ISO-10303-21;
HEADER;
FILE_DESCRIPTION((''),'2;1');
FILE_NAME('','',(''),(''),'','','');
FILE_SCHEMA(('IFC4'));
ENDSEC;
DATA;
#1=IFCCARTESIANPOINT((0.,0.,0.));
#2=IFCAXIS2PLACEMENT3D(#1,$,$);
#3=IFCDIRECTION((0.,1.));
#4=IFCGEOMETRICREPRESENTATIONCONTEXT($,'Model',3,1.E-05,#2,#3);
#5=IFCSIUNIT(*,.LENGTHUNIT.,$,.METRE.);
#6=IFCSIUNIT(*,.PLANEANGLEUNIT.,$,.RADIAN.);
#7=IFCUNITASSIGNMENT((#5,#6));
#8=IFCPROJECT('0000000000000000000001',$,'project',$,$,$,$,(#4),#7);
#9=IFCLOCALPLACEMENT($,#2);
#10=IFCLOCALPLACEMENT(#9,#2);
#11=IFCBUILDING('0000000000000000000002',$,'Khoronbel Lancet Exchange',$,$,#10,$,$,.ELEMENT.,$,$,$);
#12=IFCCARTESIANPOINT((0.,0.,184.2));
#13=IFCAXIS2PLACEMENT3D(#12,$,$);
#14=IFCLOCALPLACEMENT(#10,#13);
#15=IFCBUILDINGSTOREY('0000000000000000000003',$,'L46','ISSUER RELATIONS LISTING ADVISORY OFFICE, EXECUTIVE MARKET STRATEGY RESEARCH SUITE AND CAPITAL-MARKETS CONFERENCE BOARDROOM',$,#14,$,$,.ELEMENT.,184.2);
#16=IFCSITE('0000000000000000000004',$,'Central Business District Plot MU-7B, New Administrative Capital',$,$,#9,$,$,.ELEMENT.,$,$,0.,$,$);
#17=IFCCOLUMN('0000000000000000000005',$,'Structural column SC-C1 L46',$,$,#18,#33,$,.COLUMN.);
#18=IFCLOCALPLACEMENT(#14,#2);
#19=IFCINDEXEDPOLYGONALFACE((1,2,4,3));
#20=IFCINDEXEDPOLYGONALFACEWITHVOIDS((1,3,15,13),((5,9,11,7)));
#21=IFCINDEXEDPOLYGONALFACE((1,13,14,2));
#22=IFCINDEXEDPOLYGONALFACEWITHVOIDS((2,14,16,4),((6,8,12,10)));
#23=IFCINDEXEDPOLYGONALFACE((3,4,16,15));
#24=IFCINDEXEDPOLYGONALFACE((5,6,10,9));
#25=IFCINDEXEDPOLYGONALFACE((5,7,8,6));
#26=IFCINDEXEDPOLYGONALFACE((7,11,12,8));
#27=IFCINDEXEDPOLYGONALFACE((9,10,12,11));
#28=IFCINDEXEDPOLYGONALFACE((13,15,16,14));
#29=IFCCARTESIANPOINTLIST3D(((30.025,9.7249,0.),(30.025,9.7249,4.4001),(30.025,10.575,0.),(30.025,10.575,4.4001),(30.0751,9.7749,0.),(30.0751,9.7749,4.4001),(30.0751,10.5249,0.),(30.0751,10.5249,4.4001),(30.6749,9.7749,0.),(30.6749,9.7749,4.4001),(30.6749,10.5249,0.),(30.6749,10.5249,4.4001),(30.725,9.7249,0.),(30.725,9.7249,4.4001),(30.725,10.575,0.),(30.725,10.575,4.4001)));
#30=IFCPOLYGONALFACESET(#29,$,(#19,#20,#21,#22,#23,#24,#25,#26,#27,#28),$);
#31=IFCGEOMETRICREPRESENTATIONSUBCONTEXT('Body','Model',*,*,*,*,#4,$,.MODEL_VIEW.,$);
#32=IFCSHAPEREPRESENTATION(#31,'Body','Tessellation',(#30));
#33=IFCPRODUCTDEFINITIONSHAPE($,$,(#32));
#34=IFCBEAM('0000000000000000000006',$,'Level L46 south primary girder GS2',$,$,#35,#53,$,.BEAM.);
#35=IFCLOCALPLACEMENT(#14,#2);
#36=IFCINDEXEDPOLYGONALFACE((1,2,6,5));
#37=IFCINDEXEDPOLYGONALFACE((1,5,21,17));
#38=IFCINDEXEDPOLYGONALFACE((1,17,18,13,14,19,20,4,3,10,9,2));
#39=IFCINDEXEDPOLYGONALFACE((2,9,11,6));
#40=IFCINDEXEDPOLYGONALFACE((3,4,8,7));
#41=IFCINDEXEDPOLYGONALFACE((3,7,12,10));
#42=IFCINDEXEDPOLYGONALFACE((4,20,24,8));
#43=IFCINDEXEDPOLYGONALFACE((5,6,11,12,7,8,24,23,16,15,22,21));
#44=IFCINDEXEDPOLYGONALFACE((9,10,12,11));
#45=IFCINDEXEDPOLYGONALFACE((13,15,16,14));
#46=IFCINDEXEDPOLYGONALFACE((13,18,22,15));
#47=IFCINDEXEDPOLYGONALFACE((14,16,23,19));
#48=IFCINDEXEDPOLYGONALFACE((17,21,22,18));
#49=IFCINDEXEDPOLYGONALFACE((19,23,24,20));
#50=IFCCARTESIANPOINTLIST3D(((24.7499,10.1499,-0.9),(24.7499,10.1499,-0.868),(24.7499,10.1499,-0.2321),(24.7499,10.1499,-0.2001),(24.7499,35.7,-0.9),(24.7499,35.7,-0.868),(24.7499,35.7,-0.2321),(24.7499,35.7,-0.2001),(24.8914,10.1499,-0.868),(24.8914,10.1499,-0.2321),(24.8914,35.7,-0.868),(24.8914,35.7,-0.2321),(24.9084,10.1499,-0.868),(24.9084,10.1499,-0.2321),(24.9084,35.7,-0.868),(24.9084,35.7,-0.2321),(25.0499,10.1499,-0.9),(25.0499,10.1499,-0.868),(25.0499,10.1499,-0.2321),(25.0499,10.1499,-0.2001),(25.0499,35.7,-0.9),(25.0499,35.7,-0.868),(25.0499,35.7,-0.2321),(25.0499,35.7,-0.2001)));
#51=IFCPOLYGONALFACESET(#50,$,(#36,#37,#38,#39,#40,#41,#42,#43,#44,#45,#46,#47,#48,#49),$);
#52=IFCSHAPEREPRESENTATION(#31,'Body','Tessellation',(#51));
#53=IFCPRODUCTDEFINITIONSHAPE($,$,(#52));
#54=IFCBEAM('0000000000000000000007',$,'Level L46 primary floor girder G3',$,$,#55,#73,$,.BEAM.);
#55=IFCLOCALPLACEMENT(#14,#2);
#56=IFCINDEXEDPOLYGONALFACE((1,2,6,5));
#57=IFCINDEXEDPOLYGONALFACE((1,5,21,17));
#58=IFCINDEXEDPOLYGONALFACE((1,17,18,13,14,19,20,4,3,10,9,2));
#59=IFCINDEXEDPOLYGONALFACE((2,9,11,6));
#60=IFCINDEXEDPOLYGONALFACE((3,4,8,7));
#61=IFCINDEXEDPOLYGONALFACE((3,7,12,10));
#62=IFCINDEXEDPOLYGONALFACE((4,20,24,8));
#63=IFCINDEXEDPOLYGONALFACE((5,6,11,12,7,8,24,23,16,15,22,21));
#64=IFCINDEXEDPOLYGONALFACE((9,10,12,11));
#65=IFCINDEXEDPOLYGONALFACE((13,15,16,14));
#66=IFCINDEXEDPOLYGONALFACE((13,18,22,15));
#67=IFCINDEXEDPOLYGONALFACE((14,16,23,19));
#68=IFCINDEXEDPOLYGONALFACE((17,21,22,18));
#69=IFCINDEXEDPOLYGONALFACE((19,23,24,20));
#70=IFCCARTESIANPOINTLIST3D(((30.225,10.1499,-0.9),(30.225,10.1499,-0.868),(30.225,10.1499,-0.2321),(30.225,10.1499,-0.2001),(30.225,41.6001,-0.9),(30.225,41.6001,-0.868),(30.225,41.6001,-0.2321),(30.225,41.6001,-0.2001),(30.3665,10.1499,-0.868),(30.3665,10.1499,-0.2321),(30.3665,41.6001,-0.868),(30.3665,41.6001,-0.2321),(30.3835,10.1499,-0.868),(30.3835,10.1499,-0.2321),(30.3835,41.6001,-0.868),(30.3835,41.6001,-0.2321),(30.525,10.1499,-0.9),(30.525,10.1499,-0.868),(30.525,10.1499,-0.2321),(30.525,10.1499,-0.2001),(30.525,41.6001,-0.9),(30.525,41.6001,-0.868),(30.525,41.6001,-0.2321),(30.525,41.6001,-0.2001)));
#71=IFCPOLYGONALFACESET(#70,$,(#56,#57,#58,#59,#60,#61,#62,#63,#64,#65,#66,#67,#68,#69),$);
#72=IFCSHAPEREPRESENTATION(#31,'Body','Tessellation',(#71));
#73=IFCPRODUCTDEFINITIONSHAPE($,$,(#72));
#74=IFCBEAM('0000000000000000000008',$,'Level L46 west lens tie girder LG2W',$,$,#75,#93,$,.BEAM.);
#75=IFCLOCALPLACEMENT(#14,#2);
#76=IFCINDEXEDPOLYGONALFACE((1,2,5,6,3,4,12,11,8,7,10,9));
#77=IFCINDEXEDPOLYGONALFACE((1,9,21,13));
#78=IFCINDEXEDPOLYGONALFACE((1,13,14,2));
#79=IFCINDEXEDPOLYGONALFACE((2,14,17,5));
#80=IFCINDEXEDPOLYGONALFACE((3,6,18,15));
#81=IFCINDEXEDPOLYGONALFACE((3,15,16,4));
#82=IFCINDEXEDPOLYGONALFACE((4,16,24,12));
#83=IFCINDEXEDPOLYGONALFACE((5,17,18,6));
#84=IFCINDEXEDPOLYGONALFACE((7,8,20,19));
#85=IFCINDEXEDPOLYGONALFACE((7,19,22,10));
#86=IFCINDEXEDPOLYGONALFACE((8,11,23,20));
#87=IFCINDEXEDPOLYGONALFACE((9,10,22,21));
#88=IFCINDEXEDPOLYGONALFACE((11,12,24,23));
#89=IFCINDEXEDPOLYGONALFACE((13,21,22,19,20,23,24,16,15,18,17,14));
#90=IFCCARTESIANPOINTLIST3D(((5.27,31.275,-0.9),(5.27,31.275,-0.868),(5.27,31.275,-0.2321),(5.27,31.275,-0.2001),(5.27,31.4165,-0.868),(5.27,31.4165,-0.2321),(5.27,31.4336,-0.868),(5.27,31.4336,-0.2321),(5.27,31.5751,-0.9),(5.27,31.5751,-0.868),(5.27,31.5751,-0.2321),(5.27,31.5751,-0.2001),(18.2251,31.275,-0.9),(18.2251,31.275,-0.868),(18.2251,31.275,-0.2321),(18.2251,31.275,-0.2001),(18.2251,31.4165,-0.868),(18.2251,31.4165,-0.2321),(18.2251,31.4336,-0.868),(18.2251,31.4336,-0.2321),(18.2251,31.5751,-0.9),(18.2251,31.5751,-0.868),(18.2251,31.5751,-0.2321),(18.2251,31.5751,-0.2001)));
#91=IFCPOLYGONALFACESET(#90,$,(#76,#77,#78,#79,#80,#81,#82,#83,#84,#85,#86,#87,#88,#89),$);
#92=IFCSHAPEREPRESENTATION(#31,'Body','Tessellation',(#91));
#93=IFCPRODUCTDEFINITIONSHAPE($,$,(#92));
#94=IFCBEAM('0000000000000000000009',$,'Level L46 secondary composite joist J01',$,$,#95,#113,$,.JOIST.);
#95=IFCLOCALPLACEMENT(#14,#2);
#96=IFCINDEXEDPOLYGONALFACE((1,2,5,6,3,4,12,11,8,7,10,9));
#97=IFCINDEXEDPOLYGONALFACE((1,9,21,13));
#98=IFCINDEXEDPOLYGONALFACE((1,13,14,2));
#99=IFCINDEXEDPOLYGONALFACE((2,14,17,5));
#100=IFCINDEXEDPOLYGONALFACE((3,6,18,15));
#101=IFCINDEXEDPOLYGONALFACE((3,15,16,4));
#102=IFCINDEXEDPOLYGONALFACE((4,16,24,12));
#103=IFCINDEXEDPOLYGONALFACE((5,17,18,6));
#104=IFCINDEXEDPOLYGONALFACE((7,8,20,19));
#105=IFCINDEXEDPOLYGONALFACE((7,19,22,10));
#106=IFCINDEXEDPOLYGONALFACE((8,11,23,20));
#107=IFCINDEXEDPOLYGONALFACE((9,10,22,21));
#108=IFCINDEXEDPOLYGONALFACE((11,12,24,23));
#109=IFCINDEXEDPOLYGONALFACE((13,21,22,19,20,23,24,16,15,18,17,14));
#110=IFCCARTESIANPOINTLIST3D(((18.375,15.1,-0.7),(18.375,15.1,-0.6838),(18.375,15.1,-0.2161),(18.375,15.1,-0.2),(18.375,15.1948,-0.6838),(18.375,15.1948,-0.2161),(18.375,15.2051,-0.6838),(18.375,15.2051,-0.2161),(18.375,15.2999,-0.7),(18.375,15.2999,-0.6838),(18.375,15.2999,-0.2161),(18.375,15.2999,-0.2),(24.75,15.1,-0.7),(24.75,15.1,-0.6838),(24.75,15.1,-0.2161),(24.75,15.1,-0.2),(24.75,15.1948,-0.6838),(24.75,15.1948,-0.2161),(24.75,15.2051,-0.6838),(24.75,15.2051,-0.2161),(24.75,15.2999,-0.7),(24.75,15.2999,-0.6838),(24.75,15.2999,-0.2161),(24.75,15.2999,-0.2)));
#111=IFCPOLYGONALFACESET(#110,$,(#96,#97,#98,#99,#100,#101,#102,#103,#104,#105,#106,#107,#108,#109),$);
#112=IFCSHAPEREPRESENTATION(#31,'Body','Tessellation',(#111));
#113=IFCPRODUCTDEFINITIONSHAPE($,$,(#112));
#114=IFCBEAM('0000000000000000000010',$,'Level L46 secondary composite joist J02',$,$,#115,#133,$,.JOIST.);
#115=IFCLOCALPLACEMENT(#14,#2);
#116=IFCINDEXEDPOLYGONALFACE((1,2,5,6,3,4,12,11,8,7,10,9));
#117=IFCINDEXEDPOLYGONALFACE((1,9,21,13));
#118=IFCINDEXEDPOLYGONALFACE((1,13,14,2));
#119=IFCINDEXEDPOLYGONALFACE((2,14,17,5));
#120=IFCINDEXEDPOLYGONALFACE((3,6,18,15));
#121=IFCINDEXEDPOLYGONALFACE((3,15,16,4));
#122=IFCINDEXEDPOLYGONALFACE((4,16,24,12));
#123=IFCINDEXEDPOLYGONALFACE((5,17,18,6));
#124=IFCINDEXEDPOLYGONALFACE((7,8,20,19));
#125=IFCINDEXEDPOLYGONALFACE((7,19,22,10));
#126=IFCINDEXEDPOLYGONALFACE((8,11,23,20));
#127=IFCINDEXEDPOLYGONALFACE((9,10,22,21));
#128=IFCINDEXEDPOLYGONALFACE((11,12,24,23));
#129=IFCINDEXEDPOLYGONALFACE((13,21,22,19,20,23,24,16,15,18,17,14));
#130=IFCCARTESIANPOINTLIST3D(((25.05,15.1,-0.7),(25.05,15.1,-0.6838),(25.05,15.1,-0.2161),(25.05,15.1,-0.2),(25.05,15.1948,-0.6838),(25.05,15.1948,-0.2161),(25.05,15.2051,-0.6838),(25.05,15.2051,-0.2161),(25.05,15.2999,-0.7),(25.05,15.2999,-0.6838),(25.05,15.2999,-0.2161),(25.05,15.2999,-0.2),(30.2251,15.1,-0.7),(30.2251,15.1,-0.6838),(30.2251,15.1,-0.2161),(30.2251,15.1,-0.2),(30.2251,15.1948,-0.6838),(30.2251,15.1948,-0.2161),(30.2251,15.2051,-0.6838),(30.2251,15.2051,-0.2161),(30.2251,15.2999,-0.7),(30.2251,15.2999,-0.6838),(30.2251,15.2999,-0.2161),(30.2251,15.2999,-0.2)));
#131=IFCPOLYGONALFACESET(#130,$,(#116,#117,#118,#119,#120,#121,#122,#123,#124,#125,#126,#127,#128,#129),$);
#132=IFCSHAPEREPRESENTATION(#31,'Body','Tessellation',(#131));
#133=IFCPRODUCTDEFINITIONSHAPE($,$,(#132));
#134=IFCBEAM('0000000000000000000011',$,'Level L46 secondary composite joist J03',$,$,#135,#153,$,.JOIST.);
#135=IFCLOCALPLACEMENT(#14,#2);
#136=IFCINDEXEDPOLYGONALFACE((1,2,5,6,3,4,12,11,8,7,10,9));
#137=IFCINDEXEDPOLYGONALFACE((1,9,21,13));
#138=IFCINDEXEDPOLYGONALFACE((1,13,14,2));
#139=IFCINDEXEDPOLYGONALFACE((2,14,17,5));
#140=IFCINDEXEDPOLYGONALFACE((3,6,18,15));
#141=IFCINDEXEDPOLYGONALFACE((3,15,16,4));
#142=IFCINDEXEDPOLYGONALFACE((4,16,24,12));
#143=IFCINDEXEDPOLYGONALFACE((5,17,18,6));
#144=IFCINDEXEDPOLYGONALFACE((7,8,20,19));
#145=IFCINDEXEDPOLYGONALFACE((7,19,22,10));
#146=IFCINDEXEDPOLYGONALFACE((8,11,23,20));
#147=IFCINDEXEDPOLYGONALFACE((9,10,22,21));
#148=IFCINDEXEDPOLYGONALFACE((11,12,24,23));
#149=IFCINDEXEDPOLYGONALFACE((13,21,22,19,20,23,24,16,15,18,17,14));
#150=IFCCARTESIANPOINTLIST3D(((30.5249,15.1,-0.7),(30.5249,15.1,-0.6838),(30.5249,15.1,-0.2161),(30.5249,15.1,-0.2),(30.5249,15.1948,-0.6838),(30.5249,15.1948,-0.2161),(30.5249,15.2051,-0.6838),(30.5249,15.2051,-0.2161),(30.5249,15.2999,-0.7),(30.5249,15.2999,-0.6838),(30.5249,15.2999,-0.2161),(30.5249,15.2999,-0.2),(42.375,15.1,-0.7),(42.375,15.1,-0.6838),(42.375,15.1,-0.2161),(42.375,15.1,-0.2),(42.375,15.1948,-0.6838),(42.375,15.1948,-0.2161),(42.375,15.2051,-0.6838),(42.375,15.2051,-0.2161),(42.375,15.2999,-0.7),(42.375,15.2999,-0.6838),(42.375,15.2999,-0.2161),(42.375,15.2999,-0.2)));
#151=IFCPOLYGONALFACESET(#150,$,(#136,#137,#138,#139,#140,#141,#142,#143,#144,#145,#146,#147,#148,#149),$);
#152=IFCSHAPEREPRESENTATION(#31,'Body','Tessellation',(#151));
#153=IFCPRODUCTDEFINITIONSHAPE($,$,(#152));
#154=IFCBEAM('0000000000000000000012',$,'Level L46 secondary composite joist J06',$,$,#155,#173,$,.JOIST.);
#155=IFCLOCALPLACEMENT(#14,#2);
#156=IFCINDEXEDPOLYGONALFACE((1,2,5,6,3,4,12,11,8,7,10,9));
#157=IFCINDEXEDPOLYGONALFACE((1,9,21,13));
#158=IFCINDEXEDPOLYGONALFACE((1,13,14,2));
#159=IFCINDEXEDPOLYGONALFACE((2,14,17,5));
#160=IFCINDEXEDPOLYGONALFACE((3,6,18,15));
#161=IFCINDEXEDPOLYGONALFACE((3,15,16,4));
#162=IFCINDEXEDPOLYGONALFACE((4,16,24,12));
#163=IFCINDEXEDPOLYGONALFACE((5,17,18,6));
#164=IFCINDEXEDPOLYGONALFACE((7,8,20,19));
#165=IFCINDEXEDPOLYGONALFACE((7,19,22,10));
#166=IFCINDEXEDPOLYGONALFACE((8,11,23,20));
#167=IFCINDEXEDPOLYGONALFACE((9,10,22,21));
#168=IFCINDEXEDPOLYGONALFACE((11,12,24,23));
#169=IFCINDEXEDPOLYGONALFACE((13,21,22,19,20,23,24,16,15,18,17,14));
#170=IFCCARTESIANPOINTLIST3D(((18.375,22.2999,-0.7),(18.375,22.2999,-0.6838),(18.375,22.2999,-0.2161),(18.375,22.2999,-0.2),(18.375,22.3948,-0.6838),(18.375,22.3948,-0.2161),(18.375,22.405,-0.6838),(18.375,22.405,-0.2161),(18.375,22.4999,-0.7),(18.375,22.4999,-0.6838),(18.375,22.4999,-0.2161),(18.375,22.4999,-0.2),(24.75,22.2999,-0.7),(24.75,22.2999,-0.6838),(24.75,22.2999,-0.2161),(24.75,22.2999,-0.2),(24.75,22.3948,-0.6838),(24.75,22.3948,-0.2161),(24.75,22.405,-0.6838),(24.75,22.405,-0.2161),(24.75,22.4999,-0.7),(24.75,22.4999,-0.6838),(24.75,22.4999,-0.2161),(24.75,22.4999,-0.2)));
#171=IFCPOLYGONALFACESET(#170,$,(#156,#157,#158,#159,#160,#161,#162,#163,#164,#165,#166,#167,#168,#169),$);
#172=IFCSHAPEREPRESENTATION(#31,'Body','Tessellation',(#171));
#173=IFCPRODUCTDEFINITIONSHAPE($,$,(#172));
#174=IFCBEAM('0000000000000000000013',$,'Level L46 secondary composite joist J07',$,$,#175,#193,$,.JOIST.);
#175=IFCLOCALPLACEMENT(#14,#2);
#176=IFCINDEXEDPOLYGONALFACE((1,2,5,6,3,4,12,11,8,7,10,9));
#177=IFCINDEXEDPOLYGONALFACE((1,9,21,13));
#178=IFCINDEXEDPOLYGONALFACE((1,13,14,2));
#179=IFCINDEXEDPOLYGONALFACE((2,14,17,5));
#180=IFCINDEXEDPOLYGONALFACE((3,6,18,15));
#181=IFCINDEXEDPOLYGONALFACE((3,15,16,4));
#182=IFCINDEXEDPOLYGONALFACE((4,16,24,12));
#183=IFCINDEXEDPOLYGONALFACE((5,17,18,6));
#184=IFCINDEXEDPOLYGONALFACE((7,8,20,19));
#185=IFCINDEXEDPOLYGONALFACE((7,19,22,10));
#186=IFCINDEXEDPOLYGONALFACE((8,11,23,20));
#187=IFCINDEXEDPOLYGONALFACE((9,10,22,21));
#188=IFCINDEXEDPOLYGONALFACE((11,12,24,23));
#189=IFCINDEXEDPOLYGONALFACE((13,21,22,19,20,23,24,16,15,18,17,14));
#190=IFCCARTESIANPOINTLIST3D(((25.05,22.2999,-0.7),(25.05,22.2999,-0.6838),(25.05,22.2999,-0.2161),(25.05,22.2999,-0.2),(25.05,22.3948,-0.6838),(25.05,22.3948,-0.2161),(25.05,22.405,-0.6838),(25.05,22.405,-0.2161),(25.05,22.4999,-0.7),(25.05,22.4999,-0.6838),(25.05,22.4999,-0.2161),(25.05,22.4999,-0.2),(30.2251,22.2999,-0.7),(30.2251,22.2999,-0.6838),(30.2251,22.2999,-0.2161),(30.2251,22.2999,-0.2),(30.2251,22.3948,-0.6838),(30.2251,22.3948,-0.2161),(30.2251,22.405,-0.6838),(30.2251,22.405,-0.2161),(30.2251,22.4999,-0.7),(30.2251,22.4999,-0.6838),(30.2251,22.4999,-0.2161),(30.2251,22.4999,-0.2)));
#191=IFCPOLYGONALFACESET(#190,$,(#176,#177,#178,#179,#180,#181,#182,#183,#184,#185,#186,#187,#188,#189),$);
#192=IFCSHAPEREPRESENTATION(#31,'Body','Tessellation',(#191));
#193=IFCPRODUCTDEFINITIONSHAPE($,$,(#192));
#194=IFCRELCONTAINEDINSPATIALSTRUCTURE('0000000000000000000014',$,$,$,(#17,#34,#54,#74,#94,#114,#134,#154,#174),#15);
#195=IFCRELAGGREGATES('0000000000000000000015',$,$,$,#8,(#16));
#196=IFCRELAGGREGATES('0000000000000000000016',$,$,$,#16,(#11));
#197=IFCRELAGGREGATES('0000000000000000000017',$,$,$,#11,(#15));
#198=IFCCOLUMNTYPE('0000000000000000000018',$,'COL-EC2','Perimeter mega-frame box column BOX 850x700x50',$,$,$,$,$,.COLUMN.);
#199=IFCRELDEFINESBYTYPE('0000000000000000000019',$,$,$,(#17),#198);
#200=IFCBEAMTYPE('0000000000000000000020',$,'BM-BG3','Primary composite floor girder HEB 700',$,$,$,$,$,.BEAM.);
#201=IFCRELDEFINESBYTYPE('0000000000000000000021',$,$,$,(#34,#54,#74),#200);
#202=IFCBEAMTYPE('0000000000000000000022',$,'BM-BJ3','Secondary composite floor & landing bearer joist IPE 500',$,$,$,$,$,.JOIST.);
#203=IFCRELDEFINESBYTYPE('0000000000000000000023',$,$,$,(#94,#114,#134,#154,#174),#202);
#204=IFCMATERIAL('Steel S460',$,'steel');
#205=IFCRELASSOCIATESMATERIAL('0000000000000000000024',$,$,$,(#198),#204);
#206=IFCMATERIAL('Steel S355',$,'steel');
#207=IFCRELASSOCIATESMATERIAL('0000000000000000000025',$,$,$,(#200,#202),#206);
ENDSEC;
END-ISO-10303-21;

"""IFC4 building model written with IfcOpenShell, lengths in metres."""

from ifc_helpers import new_model, si_unit, direction, frame, origin, origin_2d, place, context, subcontext, project, spatial, hollow_rectangle, i_section, extrude, material, material_profile, profile_set, type_object, element, save


model = new_model("IFC4")

# Units and contexts
model_context = context("Model", 3, precision=1e-05, world=origin(), true_north=direction((0.0, 1.0)))
body_context = subcontext(model_context, "Body", "Model", "MODEL_VIEW")
ifc_project = project(units=[si_unit("LENGTHUNIT", "METRE"), si_unit("PLANEANGLEUNIT", "RADIAN")], contexts=[model_context])

# Site, building, storey
site_placement = place(None, origin())
site = spatial("IfcSite", under=ifc_project, at=site_placement, Name="Central Business District Plot MU-7B, New Administrative Capital", CompositionType="ELEMENT", RefElevation=0.0)
building_placement = place(site_placement, origin())
building = spatial("IfcBuilding", under=site, at=building_placement, Name="Khoronbel Lancet Exchange", CompositionType="ELEMENT")
storey_placement = place(building_placement, frame((0.0, 0.0, 184.2)))
storey = spatial("IfcBuildingStorey", under=building, at=storey_placement, Name="L46", Description="ISSUER RELATIONS LISTING ADVISORY OFFICE, EXECUTIVE MARKET STRATEGY RESEARCH SUITE AND CAPITAL-MARKETS CONFERENCE BOARDROOM", CompositionType="ELEMENT", Elevation=184.2)

# Column
ifc_material_1 = material(Name="Steel S460", Category="steel")
ifc_material_profile_1 = material_profile(ifc_material_1, hollow_rectangle(XDim=0.7, YDim=0.8501, WallThickness=0.05, at=origin_2d()), Name="BOX 850x700x50")
ifc_profile_set_1 = profile_set([ifc_material_profile_1], Name="Steel S460")
column_type = type_object("IfcColumnType", Name="COL-EC2", Description="Perimeter mega-frame box column BOX 850x700x50", PredefinedType="COLUMN", material=ifc_profile_set_1)
column_placement = place(storey_placement, frame((30.375, 10.1499, 0.0), z_axis=(0.0, 0.0, 1.0), x_axis=(1.0, 0.0, 0.0)))
element("IfcColumn", 1, at=column_placement, inside=storey, type_object=column_type, Name="Structural column SC-C1 L46", PredefinedType="COLUMN", context=body_context, shape_type="SweptSolid", body=[
    extrude(hollow_rectangle(XDim=0.7, YDim=0.8501, WallThickness=0.05, at=origin_2d()), origin(), (0.0, 0.0, 1.0), 4.4001),
])

# Beams
ifc_material_2 = material(Name="Steel S355", Category="steel")
ifc_material_profile_2 = material_profile(ifc_material_2, i_section(OverallWidth=0.3, OverallDepth=0.7, WebThickness=0.0171, FlangeThickness=0.032, at=origin_2d()), Name="HEB 700")
ifc_profile_set_2 = profile_set([ifc_material_profile_2], Name="Steel S355")
beam_type_1 = type_object("IfcBeamType", Name="BM-BG3", Description="Primary composite floor girder HEB 700", PredefinedType="BEAM", material=ifc_profile_set_2)
beam_1_placement = place(storey_placement, frame((24.8999, 10.1499, -0.55), z_axis=(0.0, 1.0, 0.0), x_axis=(-1.0, 0.0, 0.0)))
element("IfcBeam", 2, at=beam_1_placement, inside=storey, type_object=beam_type_1, Name="Level L46 south primary girder GS2", PredefinedType="BEAM", context=body_context, shape_type="SweptSolid", body=[
    extrude(i_section(OverallWidth=0.3, OverallDepth=0.7, WebThickness=0.0171, FlangeThickness=0.032, at=origin_2d()), origin(), (0.0, 0.0, 1.0), 25.55),
])
beam_2_placement = place(storey_placement, frame((30.375, 10.1499, -0.55), z_axis=(0.0, 1.0, 0.0), x_axis=(-1.0, 0.0, 0.0)))
element("IfcBeam", 3, at=beam_2_placement, inside=storey, type_object=beam_type_1, Name="Level L46 primary floor girder G3", PredefinedType="BEAM", context=body_context, shape_type="SweptSolid", body=[
    extrude(i_section(OverallWidth=0.3, OverallDepth=0.7, WebThickness=0.0171, FlangeThickness=0.032, at=origin_2d()), origin(), (0.0, 0.0, 1.0), 31.4502),
])
beam_3_placement = place(storey_placement, frame((5.27, 31.425, -0.55), z_axis=(1.0, 0.0, 0.0), x_axis=(0.0, 1.0, 0.0)))
element("IfcBeam", 4, at=beam_3_placement, inside=storey, type_object=beam_type_1, Name="Level L46 west lens tie girder LG2W", PredefinedType="BEAM", context=body_context, shape_type="SweptSolid", body=[
    extrude(i_section(OverallWidth=0.3, OverallDepth=0.7, WebThickness=0.0171, FlangeThickness=0.032, at=origin_2d()), origin(), (0.0, 0.0, 1.0), 12.9551),
])
ifc_material_profile_3 = material_profile(ifc_material_2, i_section(OverallWidth=0.2, OverallDepth=0.5, WebThickness=0.0103, FlangeThickness=0.0161, at=origin_2d()), Name="IPE 500")
ifc_profile_set_3 = profile_set([ifc_material_profile_3], Name="Steel S355")
beam_type_2 = type_object("IfcBeamType", Name="BM-BJ3", Description="Secondary composite floor & landing bearer joist IPE 500", PredefinedType="JOIST", material=ifc_profile_set_3)
beam_4_placement = place(storey_placement, frame((18.375, 15.2, -0.45), z_axis=(1.0, 0.0, 0.0), x_axis=(0.0, 1.0, 0.0)))
element("IfcBeam", 5, at=beam_4_placement, inside=storey, type_object=beam_type_2, Name="Level L46 secondary composite joist J01", PredefinedType="JOIST", context=body_context, shape_type="SweptSolid", body=[
    extrude(i_section(OverallWidth=0.2, OverallDepth=0.5, WebThickness=0.0103, FlangeThickness=0.0161, at=origin_2d()), origin(), (0.0, 0.0, 1.0), 6.375),
])
beam_5_placement = place(storey_placement, frame((25.05, 15.2, -0.45), z_axis=(1.0, 0.0, 0.0), x_axis=(0.0, 1.0, 0.0)))
element("IfcBeam", 6, at=beam_5_placement, inside=storey, type_object=beam_type_2, Name="Level L46 secondary composite joist J02", PredefinedType="JOIST", context=body_context, shape_type="SweptSolid", body=[
    extrude(i_section(OverallWidth=0.2, OverallDepth=0.5, WebThickness=0.0103, FlangeThickness=0.0161, at=origin_2d()), origin(), (0.0, 0.0, 1.0), 5.175),
])
beam_6_placement = place(storey_placement, frame((30.5249, 15.2, -0.45), z_axis=(1.0, 0.0, 0.0), x_axis=(0.0, 1.0, 0.0)))
element("IfcBeam", 7, at=beam_6_placement, inside=storey, type_object=beam_type_2, Name="Level L46 secondary composite joist J03", PredefinedType="JOIST", context=body_context, shape_type="SweptSolid", body=[
    extrude(i_section(OverallWidth=0.2, OverallDepth=0.5, WebThickness=0.0103, FlangeThickness=0.0161, at=origin_2d()), origin(), (0.0, 0.0, 1.0), 11.8501),
])
beam_7_placement = place(storey_placement, frame((18.375, 22.3999, -0.45), z_axis=(1.0, 0.0, 0.0), x_axis=(0.0, 1.0, 0.0)))
element("IfcBeam", 8, at=beam_7_placement, inside=storey, type_object=beam_type_2, Name="Level L46 secondary composite joist J06", PredefinedType="JOIST", context=body_context, shape_type="SweptSolid", body=[
    extrude(i_section(OverallWidth=0.2, OverallDepth=0.5, WebThickness=0.0103, FlangeThickness=0.0161, at=origin_2d()), origin(), (0.0, 0.0, 1.0), 6.375),
])
beam_8_placement = place(storey_placement, frame((25.05, 22.3999, -0.45), z_axis=(1.0, 0.0, 0.0), x_axis=(0.0, 1.0, 0.0)))
element("IfcBeam", 9, at=beam_8_placement, inside=storey, type_object=beam_type_2, Name="Level L46 secondary composite joist J07", PredefinedType="JOIST", context=body_context, shape_type="SweptSolid", body=[
    extrude(i_section(OverallWidth=0.2, OverallDepth=0.5, WebThickness=0.0103, FlangeThickness=0.0161, at=origin_2d()), origin(), (0.0, 0.0, 1.0), 5.175),
])

save(model, "model.ifc")
